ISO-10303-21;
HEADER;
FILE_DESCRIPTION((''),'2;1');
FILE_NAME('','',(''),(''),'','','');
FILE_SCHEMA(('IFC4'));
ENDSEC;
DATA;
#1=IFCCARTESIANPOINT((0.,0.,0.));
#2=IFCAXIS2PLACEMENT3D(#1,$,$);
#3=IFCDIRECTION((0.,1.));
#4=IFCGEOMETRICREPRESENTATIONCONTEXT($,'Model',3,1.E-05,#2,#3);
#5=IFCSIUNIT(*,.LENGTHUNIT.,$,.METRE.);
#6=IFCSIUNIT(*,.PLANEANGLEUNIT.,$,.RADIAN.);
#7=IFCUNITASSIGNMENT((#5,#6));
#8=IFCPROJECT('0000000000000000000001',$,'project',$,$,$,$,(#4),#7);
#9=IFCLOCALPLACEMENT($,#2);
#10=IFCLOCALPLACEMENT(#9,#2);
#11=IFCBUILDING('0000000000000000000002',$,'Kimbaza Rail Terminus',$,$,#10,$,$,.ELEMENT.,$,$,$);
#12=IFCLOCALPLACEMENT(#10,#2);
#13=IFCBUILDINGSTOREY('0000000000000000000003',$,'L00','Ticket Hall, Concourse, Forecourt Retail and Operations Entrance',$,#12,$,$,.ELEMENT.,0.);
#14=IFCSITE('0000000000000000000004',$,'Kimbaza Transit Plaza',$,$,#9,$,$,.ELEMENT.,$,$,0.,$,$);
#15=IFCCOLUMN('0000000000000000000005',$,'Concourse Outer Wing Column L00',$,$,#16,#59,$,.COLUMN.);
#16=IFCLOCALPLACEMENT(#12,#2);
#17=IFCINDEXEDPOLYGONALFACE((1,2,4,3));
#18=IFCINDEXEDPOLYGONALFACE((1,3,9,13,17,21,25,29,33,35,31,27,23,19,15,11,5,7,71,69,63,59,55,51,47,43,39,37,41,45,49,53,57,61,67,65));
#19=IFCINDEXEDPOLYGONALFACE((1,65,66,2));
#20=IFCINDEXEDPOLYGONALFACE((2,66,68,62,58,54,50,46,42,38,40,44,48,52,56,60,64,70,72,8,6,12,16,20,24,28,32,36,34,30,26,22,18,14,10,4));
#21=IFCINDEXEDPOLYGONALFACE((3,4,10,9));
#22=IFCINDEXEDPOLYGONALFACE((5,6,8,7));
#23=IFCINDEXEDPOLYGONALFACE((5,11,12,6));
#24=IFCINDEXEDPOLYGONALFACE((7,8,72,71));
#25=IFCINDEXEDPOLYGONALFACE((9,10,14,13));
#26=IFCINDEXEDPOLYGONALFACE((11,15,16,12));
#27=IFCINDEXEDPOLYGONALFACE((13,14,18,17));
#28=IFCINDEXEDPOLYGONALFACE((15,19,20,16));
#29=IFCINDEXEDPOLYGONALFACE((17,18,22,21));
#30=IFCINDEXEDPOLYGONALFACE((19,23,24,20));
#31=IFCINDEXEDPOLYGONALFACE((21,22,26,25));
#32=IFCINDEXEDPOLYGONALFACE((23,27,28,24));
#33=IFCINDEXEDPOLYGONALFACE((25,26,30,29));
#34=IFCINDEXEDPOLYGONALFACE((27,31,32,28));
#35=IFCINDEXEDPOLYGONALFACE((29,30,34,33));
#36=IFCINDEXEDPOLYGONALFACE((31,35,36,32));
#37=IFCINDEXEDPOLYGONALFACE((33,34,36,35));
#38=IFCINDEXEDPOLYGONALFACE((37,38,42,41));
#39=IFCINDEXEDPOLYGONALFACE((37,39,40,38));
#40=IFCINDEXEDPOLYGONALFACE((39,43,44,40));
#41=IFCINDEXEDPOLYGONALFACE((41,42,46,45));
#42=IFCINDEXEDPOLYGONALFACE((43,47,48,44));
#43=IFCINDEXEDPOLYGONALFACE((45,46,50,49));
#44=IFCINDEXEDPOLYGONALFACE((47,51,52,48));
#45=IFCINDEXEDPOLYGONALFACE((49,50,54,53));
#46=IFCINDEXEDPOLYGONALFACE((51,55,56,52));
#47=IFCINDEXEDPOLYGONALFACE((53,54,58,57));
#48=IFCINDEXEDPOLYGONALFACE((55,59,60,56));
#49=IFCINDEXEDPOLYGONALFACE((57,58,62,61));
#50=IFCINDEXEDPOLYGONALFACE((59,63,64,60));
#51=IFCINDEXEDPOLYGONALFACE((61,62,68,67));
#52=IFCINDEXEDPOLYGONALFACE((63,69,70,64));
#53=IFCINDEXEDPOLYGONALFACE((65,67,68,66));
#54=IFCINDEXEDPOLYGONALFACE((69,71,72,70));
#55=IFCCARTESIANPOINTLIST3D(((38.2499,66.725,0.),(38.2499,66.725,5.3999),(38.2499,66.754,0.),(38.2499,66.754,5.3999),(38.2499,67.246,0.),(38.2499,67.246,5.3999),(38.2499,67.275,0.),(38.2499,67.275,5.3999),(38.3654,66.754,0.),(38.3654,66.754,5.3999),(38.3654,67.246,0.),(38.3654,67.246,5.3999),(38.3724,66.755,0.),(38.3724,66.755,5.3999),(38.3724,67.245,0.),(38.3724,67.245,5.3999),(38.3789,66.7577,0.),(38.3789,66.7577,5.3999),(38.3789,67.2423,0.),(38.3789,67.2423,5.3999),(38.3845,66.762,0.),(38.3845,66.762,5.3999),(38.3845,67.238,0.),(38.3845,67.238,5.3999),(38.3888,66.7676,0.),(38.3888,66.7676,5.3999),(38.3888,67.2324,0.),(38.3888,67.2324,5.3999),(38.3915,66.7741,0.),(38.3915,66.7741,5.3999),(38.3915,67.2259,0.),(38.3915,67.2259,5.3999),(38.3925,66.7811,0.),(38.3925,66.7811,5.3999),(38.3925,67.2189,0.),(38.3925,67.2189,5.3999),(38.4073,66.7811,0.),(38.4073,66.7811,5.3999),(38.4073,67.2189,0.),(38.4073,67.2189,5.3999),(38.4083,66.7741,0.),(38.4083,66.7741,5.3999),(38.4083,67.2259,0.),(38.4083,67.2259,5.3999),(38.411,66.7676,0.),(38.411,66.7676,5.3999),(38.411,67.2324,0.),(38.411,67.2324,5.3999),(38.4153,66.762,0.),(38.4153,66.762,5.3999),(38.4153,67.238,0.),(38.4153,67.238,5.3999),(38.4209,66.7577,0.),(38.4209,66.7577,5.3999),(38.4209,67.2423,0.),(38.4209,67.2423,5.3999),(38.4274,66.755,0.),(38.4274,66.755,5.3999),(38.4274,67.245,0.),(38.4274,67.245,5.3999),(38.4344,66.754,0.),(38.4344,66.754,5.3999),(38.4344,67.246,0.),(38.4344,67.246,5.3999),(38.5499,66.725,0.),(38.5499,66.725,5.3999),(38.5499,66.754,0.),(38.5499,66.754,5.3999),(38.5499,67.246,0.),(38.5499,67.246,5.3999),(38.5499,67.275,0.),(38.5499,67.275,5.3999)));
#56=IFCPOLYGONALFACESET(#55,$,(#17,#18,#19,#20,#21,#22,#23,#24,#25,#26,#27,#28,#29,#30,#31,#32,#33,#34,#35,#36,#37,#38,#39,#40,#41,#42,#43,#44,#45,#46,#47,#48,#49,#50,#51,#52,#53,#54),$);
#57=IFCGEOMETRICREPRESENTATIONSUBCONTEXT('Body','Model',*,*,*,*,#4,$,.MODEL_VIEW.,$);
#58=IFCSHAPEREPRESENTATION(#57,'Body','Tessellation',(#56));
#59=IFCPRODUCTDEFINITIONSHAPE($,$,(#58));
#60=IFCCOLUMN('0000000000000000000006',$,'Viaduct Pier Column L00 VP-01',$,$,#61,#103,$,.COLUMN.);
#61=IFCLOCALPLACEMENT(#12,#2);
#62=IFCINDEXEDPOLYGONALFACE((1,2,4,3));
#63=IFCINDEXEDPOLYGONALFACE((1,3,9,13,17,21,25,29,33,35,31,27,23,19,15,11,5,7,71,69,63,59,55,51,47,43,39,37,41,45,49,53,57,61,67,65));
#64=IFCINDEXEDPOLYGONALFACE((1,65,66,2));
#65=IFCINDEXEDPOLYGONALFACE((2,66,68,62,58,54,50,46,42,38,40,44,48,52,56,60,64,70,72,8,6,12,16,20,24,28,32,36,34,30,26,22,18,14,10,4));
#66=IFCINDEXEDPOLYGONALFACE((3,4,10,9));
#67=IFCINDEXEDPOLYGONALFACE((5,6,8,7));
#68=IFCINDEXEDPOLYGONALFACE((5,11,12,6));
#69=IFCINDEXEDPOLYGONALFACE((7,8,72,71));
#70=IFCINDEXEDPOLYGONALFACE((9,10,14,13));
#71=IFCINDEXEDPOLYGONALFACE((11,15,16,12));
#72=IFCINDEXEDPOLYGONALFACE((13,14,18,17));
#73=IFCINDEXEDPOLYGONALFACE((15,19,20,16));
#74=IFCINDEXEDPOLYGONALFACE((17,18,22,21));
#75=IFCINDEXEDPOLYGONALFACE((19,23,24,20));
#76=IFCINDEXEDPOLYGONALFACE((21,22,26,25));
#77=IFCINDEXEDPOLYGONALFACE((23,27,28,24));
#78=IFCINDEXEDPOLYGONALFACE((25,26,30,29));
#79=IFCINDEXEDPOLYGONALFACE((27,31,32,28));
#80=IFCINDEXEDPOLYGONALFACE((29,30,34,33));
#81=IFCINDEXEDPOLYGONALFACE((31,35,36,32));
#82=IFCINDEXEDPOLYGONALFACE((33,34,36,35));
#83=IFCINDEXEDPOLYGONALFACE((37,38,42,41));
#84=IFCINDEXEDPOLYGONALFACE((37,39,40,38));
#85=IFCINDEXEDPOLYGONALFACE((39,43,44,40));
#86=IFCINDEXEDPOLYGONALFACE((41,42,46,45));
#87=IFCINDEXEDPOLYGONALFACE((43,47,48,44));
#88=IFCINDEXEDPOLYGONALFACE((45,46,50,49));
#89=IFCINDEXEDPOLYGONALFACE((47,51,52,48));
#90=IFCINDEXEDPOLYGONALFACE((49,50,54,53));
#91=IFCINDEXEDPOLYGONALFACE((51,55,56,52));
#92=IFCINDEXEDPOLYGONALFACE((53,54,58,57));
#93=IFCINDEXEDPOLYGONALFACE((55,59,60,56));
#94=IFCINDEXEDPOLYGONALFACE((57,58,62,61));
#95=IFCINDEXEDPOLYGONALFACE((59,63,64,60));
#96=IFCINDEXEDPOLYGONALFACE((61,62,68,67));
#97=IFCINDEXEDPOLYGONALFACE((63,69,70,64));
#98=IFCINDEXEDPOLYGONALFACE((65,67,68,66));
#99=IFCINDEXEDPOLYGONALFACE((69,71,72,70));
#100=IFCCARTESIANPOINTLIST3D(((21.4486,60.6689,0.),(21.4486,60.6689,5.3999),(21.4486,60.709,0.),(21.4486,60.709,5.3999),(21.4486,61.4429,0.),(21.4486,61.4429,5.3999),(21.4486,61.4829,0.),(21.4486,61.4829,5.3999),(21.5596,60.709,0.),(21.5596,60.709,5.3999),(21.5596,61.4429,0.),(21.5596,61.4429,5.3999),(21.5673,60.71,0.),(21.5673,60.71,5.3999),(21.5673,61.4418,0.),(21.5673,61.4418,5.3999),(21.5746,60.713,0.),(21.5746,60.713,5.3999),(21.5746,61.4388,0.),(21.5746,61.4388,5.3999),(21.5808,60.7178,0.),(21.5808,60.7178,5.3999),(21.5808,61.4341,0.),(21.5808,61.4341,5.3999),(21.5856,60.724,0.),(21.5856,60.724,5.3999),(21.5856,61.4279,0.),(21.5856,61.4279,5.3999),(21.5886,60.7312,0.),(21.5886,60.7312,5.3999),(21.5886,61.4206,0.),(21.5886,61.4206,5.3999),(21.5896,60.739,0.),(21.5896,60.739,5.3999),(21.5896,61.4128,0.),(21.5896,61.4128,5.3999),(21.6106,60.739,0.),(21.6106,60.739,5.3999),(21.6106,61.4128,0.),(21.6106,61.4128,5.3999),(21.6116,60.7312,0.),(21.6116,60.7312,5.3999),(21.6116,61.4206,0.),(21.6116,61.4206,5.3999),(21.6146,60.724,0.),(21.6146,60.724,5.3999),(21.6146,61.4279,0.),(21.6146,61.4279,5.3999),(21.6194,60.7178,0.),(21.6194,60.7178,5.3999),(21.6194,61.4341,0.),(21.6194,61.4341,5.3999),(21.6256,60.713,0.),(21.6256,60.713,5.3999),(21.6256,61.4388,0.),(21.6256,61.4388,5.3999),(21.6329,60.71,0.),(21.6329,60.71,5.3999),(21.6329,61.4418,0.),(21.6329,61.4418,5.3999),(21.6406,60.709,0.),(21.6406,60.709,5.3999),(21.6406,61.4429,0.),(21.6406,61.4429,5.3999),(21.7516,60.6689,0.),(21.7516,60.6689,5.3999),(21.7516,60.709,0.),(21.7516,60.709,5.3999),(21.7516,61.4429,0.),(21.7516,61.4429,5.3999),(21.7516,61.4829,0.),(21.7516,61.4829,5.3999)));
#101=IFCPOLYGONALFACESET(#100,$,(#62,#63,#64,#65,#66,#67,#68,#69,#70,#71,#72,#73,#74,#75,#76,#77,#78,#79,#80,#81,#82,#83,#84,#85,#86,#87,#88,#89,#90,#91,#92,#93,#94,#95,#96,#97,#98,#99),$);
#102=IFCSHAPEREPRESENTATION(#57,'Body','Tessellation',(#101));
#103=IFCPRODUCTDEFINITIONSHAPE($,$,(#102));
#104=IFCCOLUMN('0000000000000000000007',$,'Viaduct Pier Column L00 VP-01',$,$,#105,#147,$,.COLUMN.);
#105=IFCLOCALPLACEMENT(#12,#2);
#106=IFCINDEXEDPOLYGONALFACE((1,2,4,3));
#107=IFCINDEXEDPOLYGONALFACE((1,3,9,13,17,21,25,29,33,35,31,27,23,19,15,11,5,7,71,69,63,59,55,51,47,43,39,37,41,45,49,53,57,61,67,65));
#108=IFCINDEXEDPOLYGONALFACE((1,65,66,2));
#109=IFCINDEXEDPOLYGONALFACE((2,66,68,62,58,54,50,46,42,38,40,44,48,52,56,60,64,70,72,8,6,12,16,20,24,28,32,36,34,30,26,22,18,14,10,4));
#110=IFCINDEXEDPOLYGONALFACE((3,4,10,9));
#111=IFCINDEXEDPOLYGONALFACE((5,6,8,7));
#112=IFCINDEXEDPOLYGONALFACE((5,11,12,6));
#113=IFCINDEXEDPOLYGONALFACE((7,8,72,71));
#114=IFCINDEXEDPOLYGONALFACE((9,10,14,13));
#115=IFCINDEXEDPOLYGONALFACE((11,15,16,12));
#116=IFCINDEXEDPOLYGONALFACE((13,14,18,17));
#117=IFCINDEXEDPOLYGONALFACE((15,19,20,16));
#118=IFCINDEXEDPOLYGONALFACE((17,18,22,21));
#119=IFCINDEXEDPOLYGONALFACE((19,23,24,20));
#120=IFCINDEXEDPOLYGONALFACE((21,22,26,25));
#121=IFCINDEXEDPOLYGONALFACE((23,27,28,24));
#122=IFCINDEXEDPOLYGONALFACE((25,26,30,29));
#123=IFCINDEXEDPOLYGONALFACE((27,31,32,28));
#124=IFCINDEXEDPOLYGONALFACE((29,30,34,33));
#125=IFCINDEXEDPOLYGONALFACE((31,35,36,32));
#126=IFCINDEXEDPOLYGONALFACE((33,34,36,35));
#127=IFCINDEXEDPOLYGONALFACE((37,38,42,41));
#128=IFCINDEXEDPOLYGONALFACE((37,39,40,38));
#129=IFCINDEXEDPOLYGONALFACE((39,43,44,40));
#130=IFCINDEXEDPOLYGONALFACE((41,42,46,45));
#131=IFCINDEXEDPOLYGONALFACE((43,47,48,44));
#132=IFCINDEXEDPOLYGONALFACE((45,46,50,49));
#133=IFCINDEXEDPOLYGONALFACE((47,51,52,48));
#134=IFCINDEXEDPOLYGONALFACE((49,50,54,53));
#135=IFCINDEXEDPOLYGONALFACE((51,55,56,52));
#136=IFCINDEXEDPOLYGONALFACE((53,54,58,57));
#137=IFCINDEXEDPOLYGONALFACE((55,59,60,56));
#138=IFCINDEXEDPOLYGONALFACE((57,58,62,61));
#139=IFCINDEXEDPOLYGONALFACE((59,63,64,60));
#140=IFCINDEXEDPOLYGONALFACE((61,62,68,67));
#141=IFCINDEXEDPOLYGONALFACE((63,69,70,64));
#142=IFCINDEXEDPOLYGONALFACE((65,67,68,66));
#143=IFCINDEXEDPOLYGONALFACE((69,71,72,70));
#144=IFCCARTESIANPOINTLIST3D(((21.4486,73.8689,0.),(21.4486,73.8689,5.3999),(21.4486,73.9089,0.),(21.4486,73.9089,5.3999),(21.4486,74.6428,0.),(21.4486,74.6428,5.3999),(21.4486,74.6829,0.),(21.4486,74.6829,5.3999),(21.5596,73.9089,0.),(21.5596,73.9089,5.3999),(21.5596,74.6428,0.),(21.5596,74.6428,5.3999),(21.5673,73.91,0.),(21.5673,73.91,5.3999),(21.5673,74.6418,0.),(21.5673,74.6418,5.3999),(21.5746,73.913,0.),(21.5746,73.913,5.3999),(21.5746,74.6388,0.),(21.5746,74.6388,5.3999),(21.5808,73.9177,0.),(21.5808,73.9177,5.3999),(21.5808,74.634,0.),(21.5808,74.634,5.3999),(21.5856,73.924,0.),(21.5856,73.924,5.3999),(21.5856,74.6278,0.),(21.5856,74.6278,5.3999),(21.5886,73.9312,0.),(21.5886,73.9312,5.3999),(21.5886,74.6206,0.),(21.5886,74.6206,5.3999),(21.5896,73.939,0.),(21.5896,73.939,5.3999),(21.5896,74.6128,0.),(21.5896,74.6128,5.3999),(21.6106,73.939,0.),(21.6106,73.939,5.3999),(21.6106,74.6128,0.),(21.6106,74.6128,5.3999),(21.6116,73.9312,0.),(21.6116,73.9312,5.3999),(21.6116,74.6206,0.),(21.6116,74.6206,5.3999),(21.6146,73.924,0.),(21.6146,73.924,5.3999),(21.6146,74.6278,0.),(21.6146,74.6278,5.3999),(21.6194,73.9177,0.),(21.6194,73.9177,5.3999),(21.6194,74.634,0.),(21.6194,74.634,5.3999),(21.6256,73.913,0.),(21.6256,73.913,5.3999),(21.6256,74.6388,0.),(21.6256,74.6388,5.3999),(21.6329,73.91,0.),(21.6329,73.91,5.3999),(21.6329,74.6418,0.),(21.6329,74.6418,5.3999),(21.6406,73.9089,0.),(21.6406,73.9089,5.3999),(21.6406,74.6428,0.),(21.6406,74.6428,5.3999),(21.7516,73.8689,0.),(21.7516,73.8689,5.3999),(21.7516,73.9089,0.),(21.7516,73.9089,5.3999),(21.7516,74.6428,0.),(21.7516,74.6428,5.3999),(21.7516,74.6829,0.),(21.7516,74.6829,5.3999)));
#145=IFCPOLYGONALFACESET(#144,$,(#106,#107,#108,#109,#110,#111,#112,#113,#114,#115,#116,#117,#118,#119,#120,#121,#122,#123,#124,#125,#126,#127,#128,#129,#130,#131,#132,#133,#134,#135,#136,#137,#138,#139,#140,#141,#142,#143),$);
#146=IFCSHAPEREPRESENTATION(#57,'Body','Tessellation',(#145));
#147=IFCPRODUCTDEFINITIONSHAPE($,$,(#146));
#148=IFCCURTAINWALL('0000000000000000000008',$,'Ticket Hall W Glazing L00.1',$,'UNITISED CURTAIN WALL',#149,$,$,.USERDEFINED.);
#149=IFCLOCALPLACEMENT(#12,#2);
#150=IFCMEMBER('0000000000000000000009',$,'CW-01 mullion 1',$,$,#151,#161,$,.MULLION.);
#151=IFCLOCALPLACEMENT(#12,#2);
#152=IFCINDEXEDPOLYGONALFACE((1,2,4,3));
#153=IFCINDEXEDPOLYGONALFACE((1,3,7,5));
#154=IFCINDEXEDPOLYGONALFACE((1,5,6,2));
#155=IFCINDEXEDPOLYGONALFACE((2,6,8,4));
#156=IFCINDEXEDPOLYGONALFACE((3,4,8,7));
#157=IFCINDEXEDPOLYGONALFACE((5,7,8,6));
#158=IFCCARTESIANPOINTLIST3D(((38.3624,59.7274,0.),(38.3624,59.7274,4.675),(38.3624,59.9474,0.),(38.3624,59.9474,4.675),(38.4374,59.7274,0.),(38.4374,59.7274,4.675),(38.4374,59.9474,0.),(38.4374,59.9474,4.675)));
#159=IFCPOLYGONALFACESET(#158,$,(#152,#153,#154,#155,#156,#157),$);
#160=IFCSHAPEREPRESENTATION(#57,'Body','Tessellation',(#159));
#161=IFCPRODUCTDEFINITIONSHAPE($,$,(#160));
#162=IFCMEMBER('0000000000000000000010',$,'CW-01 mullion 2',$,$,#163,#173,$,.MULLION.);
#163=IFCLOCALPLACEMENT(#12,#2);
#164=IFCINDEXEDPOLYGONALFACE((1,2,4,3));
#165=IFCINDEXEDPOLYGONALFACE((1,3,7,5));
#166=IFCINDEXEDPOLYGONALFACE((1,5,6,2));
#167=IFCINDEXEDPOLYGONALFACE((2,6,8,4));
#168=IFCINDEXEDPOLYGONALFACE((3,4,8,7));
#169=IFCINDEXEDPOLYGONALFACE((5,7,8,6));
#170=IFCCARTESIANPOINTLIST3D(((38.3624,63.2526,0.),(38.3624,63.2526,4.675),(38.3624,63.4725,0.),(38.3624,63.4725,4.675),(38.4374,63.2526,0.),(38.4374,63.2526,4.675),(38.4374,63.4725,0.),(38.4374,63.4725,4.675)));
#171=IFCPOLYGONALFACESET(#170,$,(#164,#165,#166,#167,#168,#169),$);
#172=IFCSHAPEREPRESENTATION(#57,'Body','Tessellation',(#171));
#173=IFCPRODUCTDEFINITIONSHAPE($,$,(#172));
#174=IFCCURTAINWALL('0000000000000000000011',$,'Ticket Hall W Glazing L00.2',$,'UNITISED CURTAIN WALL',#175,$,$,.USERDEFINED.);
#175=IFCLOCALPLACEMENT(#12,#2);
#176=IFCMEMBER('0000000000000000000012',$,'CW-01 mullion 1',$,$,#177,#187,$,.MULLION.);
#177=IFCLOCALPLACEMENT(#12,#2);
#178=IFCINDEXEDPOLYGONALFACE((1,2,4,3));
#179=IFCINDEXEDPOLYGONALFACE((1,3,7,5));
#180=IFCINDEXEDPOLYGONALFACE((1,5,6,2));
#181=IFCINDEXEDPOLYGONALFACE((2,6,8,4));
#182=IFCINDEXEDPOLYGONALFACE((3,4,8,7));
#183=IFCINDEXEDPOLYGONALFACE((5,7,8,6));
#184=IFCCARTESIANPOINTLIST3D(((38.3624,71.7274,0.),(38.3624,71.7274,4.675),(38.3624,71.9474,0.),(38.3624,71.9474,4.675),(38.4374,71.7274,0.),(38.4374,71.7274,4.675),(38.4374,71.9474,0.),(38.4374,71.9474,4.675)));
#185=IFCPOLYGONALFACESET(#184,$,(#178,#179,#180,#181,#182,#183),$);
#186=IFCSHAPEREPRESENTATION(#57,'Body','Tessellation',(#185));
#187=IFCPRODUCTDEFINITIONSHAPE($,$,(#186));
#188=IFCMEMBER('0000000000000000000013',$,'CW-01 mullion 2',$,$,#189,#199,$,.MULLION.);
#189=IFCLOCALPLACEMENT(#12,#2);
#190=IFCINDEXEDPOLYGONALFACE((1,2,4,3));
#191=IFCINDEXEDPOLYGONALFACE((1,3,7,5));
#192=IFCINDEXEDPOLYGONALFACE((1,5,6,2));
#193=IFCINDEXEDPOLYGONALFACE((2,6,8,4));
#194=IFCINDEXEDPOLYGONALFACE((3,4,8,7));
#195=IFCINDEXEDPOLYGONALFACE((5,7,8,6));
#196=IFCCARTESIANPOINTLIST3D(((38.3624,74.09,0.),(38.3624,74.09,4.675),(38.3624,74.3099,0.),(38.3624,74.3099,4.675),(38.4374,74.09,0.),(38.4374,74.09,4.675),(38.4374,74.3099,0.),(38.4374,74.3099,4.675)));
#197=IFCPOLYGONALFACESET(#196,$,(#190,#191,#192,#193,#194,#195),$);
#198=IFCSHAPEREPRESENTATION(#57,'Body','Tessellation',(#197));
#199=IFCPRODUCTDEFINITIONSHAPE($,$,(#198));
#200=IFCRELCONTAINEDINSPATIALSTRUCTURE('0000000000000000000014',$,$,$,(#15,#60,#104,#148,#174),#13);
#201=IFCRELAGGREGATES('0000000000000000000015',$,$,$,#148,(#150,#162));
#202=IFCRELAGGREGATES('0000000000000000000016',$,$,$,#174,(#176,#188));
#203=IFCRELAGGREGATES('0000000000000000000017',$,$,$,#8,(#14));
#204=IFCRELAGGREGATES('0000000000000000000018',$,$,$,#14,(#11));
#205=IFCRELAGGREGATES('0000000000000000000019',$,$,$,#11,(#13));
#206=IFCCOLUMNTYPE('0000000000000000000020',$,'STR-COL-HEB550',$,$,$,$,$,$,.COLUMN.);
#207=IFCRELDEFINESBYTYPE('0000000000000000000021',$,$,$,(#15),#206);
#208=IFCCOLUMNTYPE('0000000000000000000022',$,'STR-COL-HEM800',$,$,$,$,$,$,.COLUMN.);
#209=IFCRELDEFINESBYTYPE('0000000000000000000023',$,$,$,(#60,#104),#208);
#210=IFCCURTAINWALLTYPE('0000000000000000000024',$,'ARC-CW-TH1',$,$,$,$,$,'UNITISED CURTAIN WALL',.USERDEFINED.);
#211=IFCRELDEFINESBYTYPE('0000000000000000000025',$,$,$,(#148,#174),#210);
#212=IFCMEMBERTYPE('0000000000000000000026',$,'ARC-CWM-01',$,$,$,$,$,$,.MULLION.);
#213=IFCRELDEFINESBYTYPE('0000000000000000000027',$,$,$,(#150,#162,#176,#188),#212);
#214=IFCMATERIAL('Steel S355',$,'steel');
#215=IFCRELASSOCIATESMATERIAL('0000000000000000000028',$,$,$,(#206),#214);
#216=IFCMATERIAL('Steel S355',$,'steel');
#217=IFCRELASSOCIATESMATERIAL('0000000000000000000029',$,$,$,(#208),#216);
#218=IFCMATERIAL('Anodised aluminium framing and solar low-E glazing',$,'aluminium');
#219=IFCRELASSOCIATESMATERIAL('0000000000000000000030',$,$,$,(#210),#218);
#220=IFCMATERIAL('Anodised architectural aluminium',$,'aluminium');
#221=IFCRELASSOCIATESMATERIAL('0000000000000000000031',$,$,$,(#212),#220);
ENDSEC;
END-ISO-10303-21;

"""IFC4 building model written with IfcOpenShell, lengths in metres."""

from ifc_helpers import new_model, si_unit, direction, frame, origin, origin_2d, place, context, subcontext, project, spatial, rectangle, i_section, extrude, material, material_profile, profile_set, type_object, element, aggregate, save


model = new_model("IFC4")

# Units and contexts
model_context = context("Model", 3, precision=1e-05, world=origin(), true_north=direction((0.0, 1.0)))
body_context = subcontext(model_context, "Body", "Model", "MODEL_VIEW")
ifc_project = project(units=[si_unit("LENGTHUNIT", "METRE"), si_unit("PLANEANGLEUNIT", "RADIAN")], contexts=[model_context])

# Site, building, storey
site_placement = place(None, origin())
site = spatial("IfcSite", under=ifc_project, at=site_placement, Name="Kimbaza Transit Plaza", CompositionType="ELEMENT", RefElevation=0.0)
building_placement = place(site_placement, origin())
building = spatial("IfcBuilding", under=site, at=building_placement, Name="Kimbaza Rail Terminus", CompositionType="ELEMENT")
storey_placement = place(building_placement, origin())
storey = spatial("IfcBuildingStorey", under=building, at=storey_placement, Name="L00", Description="Ticket Hall, Concourse, Forecourt Retail and Operations Entrance", CompositionType="ELEMENT", Elevation=0.0)

# Columns
ifc_material_1 = material(Name="Steel S355", Category="steel")
ifc_material_profile_1 = material_profile(ifc_material_1, i_section(OverallWidth=0.3, OverallDepth=0.55, WebThickness=0.0149, FlangeThickness=0.0291, FilletRadius=0.0271, at=origin_2d()), Name="HEB 550")
ifc_profile_set_1 = profile_set([ifc_material_profile_1], Name="Steel S355")
column_type_1 = type_object("IfcColumnType", Name="STR-COL-HEB550", PredefinedType="COLUMN", material=ifc_profile_set_1)
column_placement = place(storey_placement, frame((38.3999, 67.0, 0.0), z_axis=(0.0, 0.0, 1.0), x_axis=(1.0, 0.0, 0.0)))
element("IfcColumn", 1, at=column_placement, inside=storey, type_object=column_type_1, Name="Concourse Outer Wing Column L00", PredefinedType="COLUMN", context=body_context, shape_type="SweptSolid", body=[
    extrude(i_section(OverallWidth=0.3, OverallDepth=0.55, WebThickness=0.0149, FlangeThickness=0.0291, FilletRadius=0.0271, at=origin_2d()), origin(), (0.0, 0.0, 1.0), 5.3999),
])
ifc_material_2 = material(Name="Steel S355", Category="steel")
ifc_material_profile_2 = material_profile(ifc_material_2, i_section(OverallWidth=0.303, OverallDepth=0.814, WebThickness=0.021, FlangeThickness=0.04, FilletRadius=0.03, at=origin_2d()), Name="HEM 800")
ifc_profile_set_2 = profile_set([ifc_material_profile_2], Name="Steel S355")
column_type_2 = type_object("IfcColumnType", Name="STR-COL-HEM800", PredefinedType="COLUMN", material=ifc_profile_set_2)
for number, where, z_axis, x_axis, name in (
    (2, (21.6001, 61.0759, 0.0), (0.0, 0.0, 1.0), (1.0, 0.0, 0.0), "Viaduct Pier Column L00 VP-01"),
    (3, (21.6001, 74.2759, 0.0), (0.0, 0.0, 1.0), (1.0, 0.0, 0.0), "Viaduct Pier Column L00 VP-01"),
):
    element("IfcColumn", number, at=place(storey_placement, frame(where, z_axis=z_axis, x_axis=x_axis)), inside=storey, type_object=column_type_2, Name=name, PredefinedType="COLUMN", context=body_context, shape_type="SweptSolid", body=[
        extrude(i_section(OverallWidth=0.303, OverallDepth=0.814, WebThickness=0.021, FlangeThickness=0.04, FilletRadius=0.03, at=origin_2d()), origin(), (0.0, 0.0, 1.0), 5.3999),
    ])

# Curtain walls, members
ifc_material_3 = material(Name="Anodised aluminium framing and solar low-E glazing", Category="aluminium")
curtain_wall_type = type_object("IfcCurtainWallType", Name="ARC-CW-TH1", ElementType="UNITISED CURTAIN WALL", PredefinedType="USERDEFINED", material=ifc_material_3)
curtain_wall_1_placement = place(storey_placement, origin())
curtain_wall_1 = element("IfcCurtainWall", 4, at=curtain_wall_1_placement, inside=storey, type_object=curtain_wall_type, Name="Ticket Hall W Glazing L00.1", ObjectType="UNITISED CURTAIN WALL", PredefinedType="USERDEFINED")
ifc_material_4 = material(Name="Anodised architectural aluminium", Category="aluminium")
ifc_material_profile_3 = material_profile(ifc_material_4, rectangle(XDim=0.075, YDim=0.22, at=origin_2d()), Name="MULLION 75x220")
ifc_profile_set_3 = profile_set([ifc_material_profile_3], Name="Anodised architectural aluminium")
member_type_1 = type_object("IfcMemberType", Name="ARC-CWM-01", PredefinedType="MULLION", material=ifc_profile_set_3)
member_1_placement = place(storey_placement, frame((38.3999, 59.8374, 0.0), z_axis=(0.0, 0.0, 1.0), x_axis=(-1.0, 0.0, 0.0)))
member_1 = element("IfcMember", 5, at=member_1_placement, type_object=member_type_1, Name="CW-01 mullion 1", PredefinedType="MULLION", context=body_context, shape_type="SweptSolid", body=[
    extrude(rectangle(XDim=0.075, YDim=0.22, at=origin_2d()), origin(), (0.0, 0.0, 1.0), 4.675),
])
member_2_placement = place(storey_placement, frame((38.3999, 63.3625, 0.0), z_axis=(0.0, 0.0, 1.0), x_axis=(-1.0, 0.0, 0.0)))
member_2 = element("IfcMember", 6, at=member_2_placement, type_object=member_type_1, Name="CW-01 mullion 2", PredefinedType="MULLION", context=body_context, shape_type="SweptSolid", body=[
    extrude(rectangle(XDim=0.075, YDim=0.22, at=origin_2d()), origin(), (0.0, 0.0, 1.0), 4.675),
])
curtain_wall_2_placement = place(storey_placement, origin())
curtain_wall_2 = element("IfcCurtainWall", 7, at=curtain_wall_2_placement, inside=storey, type_object=curtain_wall_type, Name="Ticket Hall W Glazing L00.2", ObjectType="UNITISED CURTAIN WALL", PredefinedType="USERDEFINED")
member_3_placement = place(storey_placement, frame((38.3999, 71.8374, 0.0), z_axis=(0.0, 0.0, 1.0), x_axis=(-1.0, 0.0, 0.0)))
member_3 = element("IfcMember", 8, at=member_3_placement, type_object=member_type_1, Name="CW-01 mullion 1", PredefinedType="MULLION", context=body_context, shape_type="SweptSolid", body=[
    extrude(rectangle(XDim=0.075, YDim=0.22, at=origin_2d()), origin(), (0.0, 0.0, 1.0), 4.675),
])
member_4_placement = place(storey_placement, frame((38.3999, 74.2, 0.0), z_axis=(0.0, 0.0, 1.0), x_axis=(-1.0, 0.0, 0.0)))
member_4 = element("IfcMember", 9, at=member_4_placement, type_object=member_type_1, Name="CW-01 mullion 2", PredefinedType="MULLION", context=body_context, shape_type="SweptSolid", body=[
    extrude(rectangle(XDim=0.075, YDim=0.22, at=origin_2d()), origin(), (0.0, 0.0, 1.0), 4.675),
])

aggregate(curtain_wall_1, [member_1, member_2])
aggregate(curtain_wall_2, [member_3, member_4])

save(model, "model.ifc")
